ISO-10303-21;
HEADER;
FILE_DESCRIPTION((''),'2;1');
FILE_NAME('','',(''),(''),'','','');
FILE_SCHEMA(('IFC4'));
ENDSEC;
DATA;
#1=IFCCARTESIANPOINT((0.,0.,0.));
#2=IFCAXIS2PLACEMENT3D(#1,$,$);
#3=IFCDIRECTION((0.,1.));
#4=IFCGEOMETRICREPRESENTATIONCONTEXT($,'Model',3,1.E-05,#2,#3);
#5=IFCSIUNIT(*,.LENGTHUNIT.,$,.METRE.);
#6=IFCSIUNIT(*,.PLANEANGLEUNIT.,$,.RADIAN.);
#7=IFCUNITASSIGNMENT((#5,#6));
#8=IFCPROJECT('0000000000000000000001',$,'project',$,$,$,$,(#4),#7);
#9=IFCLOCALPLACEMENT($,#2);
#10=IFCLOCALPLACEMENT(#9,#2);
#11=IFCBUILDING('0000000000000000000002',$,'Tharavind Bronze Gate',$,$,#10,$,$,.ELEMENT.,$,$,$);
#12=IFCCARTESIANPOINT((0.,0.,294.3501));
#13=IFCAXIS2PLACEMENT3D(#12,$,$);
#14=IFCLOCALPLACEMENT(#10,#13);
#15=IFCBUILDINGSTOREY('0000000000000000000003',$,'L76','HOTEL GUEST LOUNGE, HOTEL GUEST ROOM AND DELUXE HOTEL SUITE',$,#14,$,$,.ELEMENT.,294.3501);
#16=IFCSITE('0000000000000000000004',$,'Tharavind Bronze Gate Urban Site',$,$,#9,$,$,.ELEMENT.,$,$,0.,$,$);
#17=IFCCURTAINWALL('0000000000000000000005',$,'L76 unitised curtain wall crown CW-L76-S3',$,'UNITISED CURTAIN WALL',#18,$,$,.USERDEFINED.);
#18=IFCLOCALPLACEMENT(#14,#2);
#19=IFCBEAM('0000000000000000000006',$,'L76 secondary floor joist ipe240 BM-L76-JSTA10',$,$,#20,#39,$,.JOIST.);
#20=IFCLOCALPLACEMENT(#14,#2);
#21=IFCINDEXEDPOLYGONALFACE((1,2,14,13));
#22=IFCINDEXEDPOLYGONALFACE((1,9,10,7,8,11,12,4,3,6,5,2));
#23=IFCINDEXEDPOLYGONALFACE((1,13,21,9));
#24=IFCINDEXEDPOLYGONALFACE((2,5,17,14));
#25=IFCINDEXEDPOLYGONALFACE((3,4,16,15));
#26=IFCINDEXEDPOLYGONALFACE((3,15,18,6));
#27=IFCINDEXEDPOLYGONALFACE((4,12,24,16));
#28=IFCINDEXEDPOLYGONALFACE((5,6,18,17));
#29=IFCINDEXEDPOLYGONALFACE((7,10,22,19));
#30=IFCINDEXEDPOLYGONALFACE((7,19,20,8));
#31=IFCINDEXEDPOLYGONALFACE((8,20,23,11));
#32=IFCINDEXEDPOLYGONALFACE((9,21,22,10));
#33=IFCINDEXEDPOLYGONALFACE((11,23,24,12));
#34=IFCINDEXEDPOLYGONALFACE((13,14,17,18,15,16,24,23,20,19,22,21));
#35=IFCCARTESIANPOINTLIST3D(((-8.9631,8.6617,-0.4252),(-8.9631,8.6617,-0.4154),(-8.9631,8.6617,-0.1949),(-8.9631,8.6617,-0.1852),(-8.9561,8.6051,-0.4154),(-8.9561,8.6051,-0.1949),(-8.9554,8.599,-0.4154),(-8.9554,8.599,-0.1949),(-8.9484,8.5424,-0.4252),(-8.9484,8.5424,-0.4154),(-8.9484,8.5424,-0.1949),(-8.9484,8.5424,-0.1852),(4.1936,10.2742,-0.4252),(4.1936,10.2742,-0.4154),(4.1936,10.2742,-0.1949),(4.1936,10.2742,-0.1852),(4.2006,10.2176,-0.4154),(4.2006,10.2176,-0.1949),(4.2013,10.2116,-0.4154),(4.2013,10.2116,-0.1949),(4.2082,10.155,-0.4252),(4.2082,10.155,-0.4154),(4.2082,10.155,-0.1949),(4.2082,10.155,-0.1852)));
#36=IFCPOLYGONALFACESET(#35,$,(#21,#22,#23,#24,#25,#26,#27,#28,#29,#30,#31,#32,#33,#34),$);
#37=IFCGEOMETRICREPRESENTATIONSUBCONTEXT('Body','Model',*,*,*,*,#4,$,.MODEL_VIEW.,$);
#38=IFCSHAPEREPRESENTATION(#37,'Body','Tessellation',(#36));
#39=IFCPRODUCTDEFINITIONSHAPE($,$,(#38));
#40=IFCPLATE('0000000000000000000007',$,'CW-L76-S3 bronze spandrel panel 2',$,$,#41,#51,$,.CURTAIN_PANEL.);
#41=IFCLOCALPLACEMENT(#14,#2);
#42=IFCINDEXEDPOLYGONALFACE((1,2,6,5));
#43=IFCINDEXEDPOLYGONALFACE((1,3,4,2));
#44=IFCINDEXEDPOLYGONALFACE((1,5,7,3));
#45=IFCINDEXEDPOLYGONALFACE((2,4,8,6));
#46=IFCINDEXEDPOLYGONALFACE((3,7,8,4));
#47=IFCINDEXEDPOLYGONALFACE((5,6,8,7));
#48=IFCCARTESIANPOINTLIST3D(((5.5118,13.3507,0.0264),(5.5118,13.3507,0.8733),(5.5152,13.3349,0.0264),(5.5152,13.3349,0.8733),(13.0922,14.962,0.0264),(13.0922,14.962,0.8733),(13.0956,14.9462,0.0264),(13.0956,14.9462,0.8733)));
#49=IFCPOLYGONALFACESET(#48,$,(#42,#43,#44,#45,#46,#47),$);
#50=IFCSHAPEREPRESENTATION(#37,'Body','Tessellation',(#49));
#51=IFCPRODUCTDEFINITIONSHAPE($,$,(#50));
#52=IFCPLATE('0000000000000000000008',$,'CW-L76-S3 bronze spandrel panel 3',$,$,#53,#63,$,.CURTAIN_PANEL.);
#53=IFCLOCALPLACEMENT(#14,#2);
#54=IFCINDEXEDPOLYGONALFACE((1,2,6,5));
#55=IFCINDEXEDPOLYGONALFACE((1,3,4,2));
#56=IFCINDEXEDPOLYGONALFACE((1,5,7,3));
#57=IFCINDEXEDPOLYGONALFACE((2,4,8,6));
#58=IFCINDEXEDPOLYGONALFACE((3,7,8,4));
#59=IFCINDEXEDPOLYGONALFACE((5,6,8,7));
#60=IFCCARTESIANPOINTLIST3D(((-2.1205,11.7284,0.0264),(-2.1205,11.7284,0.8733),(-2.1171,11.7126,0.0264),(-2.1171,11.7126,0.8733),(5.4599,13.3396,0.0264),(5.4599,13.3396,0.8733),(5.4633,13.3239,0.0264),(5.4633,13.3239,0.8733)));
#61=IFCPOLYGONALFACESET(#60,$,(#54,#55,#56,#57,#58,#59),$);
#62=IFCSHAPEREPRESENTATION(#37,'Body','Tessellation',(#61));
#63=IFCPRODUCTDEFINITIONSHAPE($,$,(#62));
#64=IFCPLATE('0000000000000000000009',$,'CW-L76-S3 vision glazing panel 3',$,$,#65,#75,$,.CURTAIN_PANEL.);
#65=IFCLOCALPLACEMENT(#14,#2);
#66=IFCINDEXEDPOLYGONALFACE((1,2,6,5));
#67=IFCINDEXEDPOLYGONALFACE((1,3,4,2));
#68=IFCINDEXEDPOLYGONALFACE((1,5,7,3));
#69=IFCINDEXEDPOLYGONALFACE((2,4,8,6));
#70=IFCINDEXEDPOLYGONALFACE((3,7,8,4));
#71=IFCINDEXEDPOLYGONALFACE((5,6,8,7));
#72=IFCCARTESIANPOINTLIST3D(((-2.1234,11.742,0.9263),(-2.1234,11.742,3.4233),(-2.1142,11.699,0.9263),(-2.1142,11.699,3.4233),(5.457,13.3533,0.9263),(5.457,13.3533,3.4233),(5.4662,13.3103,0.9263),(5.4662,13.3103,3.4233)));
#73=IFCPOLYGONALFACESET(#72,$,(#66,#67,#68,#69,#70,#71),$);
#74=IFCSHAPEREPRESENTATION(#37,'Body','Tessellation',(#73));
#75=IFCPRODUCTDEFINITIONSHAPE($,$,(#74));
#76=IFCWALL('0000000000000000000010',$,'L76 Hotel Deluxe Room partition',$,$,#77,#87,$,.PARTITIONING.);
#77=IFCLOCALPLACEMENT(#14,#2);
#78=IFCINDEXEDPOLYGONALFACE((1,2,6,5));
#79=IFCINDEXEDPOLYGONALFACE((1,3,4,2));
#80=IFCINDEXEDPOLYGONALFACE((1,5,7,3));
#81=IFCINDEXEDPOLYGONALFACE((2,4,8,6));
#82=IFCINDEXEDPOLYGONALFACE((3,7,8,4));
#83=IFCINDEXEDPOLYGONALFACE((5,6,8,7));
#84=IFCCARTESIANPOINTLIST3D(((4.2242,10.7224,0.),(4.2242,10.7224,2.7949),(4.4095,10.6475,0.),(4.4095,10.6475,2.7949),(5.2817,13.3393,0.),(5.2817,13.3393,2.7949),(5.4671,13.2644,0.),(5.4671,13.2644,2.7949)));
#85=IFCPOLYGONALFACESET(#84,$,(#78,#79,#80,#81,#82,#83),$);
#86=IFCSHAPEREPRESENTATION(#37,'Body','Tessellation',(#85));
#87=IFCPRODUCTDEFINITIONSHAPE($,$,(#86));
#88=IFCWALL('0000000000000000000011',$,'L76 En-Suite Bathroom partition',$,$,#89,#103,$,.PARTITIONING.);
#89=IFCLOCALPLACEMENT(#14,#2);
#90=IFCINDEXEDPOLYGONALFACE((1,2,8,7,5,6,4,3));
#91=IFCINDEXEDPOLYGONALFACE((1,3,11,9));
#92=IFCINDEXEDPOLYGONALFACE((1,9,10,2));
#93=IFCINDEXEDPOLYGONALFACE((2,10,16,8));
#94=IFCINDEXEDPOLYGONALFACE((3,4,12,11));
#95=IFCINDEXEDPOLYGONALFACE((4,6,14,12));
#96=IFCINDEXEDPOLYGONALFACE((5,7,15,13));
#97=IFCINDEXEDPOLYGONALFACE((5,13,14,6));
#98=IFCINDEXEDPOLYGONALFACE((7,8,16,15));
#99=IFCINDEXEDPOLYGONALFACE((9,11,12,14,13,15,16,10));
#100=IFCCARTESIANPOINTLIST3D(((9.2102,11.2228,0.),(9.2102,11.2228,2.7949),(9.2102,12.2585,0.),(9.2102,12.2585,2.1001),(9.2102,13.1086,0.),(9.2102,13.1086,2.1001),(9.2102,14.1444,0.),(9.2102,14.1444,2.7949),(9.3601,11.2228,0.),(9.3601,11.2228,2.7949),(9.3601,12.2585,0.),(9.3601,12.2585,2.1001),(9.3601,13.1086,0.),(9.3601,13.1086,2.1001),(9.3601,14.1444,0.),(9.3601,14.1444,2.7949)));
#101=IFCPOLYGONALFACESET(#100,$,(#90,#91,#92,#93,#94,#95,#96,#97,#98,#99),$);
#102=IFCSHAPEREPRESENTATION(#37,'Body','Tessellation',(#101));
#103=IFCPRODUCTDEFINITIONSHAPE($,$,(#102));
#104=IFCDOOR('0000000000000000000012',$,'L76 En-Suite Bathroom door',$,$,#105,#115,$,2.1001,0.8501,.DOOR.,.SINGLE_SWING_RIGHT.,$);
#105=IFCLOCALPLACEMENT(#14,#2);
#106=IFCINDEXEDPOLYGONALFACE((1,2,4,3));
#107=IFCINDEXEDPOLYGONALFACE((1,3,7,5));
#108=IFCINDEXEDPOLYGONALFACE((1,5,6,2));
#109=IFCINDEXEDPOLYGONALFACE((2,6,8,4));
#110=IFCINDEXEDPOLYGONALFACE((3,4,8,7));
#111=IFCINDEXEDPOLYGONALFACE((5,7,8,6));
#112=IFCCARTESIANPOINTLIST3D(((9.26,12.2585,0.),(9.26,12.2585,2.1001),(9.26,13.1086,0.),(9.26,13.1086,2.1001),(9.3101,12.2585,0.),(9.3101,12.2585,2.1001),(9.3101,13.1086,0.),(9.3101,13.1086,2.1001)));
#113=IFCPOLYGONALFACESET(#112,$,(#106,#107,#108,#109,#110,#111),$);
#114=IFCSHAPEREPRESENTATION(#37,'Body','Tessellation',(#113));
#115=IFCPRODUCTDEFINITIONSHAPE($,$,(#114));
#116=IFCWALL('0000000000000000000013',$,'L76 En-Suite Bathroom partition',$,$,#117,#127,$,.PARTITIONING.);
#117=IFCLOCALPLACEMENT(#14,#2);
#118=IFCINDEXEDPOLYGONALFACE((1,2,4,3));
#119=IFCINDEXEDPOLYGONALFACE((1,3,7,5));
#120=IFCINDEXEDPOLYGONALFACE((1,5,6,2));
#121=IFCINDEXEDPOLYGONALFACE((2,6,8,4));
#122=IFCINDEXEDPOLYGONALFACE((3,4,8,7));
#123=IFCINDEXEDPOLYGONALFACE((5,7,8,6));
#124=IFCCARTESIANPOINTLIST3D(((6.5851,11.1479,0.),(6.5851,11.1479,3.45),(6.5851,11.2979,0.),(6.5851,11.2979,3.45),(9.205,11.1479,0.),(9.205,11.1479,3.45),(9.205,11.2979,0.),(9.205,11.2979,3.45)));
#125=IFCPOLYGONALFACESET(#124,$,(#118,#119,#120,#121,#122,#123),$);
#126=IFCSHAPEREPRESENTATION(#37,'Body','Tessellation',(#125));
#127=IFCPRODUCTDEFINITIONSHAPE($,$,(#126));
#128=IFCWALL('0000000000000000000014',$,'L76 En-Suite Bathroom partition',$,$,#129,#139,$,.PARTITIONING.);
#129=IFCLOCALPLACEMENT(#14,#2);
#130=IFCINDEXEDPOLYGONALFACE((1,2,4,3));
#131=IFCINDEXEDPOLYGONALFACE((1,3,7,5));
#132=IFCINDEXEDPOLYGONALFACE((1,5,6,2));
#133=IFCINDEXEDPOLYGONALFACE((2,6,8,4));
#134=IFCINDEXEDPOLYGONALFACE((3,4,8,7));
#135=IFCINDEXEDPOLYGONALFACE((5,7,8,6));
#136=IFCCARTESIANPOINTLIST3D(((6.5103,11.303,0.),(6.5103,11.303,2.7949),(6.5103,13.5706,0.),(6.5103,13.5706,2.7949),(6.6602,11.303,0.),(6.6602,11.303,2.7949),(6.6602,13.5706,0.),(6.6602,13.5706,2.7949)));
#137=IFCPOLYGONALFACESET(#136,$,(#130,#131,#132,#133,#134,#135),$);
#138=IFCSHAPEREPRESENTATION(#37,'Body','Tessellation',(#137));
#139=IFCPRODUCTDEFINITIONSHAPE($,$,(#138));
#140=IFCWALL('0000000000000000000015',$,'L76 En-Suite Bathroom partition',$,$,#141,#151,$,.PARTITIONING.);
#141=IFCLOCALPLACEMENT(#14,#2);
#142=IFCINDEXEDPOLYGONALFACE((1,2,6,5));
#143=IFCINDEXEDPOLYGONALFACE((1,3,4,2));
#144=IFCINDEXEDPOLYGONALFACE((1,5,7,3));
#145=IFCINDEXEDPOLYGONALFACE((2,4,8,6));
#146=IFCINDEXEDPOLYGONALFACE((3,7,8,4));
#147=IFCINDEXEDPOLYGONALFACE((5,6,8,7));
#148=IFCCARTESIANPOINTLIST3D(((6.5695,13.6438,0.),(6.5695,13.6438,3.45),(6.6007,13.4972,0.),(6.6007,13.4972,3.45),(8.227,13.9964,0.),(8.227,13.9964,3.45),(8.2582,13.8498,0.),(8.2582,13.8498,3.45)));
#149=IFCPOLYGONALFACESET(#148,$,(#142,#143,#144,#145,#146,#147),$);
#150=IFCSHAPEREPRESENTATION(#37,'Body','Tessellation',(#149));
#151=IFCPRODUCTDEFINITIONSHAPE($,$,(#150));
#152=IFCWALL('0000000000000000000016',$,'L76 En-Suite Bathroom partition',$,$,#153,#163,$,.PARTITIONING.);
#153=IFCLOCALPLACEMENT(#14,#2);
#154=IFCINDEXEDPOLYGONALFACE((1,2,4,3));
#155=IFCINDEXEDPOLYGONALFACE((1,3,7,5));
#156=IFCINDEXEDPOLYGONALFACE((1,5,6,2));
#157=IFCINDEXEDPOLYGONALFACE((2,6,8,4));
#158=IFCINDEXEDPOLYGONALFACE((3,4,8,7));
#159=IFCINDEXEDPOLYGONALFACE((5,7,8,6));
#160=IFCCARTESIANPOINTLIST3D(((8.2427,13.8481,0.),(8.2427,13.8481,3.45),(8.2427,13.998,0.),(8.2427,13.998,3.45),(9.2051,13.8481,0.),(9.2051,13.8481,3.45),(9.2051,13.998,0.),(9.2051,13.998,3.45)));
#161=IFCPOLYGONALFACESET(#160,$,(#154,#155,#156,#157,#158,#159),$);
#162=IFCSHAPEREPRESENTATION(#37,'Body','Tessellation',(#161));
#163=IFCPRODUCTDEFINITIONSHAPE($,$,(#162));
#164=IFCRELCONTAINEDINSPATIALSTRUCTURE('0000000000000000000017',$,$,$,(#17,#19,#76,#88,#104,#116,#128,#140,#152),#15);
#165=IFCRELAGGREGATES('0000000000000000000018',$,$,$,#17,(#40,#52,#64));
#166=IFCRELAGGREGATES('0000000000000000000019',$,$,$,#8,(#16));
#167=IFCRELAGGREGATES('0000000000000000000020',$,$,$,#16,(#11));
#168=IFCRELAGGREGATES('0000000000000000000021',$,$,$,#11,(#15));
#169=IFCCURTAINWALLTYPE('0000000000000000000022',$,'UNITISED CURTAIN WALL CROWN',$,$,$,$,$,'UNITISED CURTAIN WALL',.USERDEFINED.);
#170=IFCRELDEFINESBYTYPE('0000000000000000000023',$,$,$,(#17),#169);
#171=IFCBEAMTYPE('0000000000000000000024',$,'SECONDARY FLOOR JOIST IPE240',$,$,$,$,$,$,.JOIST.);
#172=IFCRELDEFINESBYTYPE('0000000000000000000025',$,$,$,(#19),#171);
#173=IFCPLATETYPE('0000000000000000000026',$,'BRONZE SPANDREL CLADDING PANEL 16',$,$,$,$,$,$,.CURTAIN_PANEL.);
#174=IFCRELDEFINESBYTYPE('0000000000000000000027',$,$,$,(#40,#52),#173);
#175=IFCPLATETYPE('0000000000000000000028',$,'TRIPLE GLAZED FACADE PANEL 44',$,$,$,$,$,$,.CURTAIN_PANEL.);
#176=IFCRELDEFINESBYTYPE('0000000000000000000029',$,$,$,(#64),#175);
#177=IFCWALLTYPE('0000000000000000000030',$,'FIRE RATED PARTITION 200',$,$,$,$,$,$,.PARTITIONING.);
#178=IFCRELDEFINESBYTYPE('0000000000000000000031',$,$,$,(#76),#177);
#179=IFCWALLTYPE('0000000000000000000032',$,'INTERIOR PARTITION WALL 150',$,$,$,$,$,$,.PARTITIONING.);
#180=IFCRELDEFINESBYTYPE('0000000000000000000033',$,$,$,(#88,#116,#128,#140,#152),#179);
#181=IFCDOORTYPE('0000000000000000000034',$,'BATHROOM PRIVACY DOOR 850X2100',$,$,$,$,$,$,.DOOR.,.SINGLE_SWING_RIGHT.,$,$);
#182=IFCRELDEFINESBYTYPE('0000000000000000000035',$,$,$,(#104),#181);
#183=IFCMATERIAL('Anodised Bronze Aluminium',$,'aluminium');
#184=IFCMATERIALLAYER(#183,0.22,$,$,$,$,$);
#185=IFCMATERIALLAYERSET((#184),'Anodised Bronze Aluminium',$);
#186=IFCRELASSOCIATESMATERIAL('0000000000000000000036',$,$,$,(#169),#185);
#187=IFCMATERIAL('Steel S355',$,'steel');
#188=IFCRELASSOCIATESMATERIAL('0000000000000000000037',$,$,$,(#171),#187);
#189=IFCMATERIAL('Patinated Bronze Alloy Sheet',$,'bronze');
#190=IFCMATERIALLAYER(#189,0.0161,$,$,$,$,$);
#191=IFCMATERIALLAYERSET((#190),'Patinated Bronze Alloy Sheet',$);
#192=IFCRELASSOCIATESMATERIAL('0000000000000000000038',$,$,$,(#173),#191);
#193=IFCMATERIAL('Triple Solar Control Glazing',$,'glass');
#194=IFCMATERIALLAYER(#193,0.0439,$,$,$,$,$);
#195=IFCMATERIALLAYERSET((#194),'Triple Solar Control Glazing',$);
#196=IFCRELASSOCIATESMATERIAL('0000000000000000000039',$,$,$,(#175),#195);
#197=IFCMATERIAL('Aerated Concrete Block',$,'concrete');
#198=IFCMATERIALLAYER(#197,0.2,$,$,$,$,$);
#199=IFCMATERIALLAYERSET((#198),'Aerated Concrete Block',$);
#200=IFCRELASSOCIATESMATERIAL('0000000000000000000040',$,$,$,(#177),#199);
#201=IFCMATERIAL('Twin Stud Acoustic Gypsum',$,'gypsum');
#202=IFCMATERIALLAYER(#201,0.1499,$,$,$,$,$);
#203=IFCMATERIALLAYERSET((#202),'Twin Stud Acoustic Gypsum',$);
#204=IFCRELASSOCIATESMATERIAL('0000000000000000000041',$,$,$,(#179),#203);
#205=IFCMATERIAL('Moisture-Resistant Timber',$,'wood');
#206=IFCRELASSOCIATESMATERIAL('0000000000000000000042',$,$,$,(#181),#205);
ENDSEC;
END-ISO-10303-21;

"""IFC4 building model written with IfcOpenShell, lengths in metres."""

from ifc_helpers import new_model, si_unit, direction, frame, frame_2d, origin, origin_2d, place, context, subcontext, project, spatial, rectangle, i_section, extrude, material, layer, layer_set, material_profile, profile_set, type_object, element, fill, aggregate, save


model = new_model("IFC4")

# Units and contexts
model_context = context("Model", 3, precision=1e-05, world=origin(), true_north=direction((0.0, 1.0)))
body_context = subcontext(model_context, "Body", "Model", "MODEL_VIEW")
ifc_project = project(units=[si_unit("LENGTHUNIT", "METRE"), si_unit("PLANEANGLEUNIT", "RADIAN")], contexts=[model_context])

# Site, building, storey
site_placement = place(None, origin())
site = spatial("IfcSite", under=ifc_project, at=site_placement, Name="Tharavind Bronze Gate Urban Site", CompositionType="ELEMENT", RefElevation=0.0)
building_placement = place(site_placement, origin())
building = spatial("IfcBuilding", under=site, at=building_placement, Name="Tharavind Bronze Gate", CompositionType="ELEMENT")
storey_placement = place(building_placement, frame((0.0, 0.0, 294.3501)))
storey = spatial("IfcBuildingStorey", under=building, at=storey_placement, Name="L76", Description="HOTEL GUEST LOUNGE, HOTEL GUEST ROOM AND DELUXE HOTEL SUITE", CompositionType="ELEMENT", Elevation=294.3501)

# Curtain wall
ifc_material_1 = material(Name="Anodised Bronze Aluminium", Category="aluminium")
ifc_layer_1 = layer(ifc_material_1, 0.22)
ifc_layer_set_1 = layer_set([ifc_layer_1], Name="Anodised Bronze Aluminium")
curtain_wall_type = type_object("IfcCurtainWallType", Name="UNITISED CURTAIN WALL CROWN", ElementType="UNITISED CURTAIN WALL", PredefinedType="USERDEFINED", material=ifc_layer_set_1)
curtain_wall_placement = place(storey_placement, origin())
curtain_wall = element("IfcCurtainWall", 1, at=curtain_wall_placement, inside=storey, type_object=curtain_wall_type, Name="L76 unitised curtain wall crown CW-L76-S3", ObjectType="UNITISED CURTAIN WALL", PredefinedType="USERDEFINED")

# Beam
ifc_material_2 = material(Name="Steel S355", Category="steel")
ifc_material_profile_1 = material_profile(ifc_material_2, i_section(OverallWidth=0.1201, OverallDepth=0.24, WebThickness=0.0061, FlangeThickness=0.0098, at=origin_2d()), Name="IPE240")
ifc_profile_set_1 = profile_set([ifc_material_profile_1], Name="Steel S355")
beam_type_1 = type_object("IfcBeamType", Name="SECONDARY FLOOR JOIST IPE240", PredefinedType="JOIST", material=ifc_profile_set_1)
beam_1_placement = place(storey_placement, frame((4.2009, 10.2146, -0.3052), z_axis=(-0.992573, -0.121654, 0.0), x_axis=(0.121654, -0.992573, 0.0)))
element("IfcBeam", 2, at=beam_1_placement, inside=storey, type_object=beam_type_1, Name="L76 secondary floor joist ipe240 BM-L76-JSTA10", PredefinedType="JOIST", context=body_context, shape_type="SweptSolid", body=[
    extrude(i_section(OverallWidth=0.1201, OverallDepth=0.24, WebThickness=0.0061, FlangeThickness=0.0098, at=origin_2d()), origin(), (0.0, 0.0, 1.0), 13.2551),
])

# Plates
ifc_material_3 = material(Name="Patinated Bronze Alloy Sheet", Category="bronze")
ifc_layer_2 = layer(ifc_material_3, 0.0161)
ifc_layer_set_2 = layer_set([ifc_layer_2], Name="Patinated Bronze Alloy Sheet")
plate_type_1 = type_object("IfcPlateType", Name="BRONZE SPANDREL CLADDING PANEL 16", PredefinedType="CURTAIN_PANEL", material=ifc_layer_set_2)
plate_1_placement = place(storey_placement, frame((9.3037, 14.1484, 0.0264), z_axis=(0.0, 0.0, 1.0), x_axis=(-0.978147, -0.207913, 0.0)))
plate_1 = element("IfcPlate", 3, at=plate_1_placement, type_object=plate_type_1, Name="CW-L76-S3 bronze spandrel panel 2", PredefinedType="CURTAIN_PANEL", context=body_context, shape_type="SweptSolid", body=[
    extrude(rectangle(XDim=7.7498, YDim=0.0161, at=origin_2d()), origin(), (0.0, 0.0, 1.0), 0.8469),
])
plate_2_placement = place(storey_placement, frame((1.6714, 12.5261, 0.0264), z_axis=(0.0, 0.0, 1.0), x_axis=(-0.978147, -0.207913, 0.0)))
plate_2 = element("IfcPlate", 4, at=plate_2_placement, type_object=plate_type_1, Name="CW-L76-S3 bronze spandrel panel 3", PredefinedType="CURTAIN_PANEL", context=body_context, shape_type="SweptSolid", body=[
    extrude(rectangle(XDim=7.7498, YDim=0.0161, at=origin_2d()), origin(), (0.0, 0.0, 1.0), 0.8469),
])
ifc_material_4 = material(Name="Triple Solar Control Glazing", Category="glass")
ifc_layer_3 = layer(ifc_material_4, 0.0439)
ifc_layer_set_3 = layer_set([ifc_layer_3], Name="Triple Solar Control Glazing")
plate_type_2 = type_object("IfcPlateType", Name="TRIPLE GLAZED FACADE PANEL 44", PredefinedType="CURTAIN_PANEL", material=ifc_layer_set_3)
plate_3_placement = place(storey_placement, frame((1.6714, 12.5261, 0.9263), z_axis=(0.0, 0.0, 1.0), x_axis=(-0.978147, -0.207913, 0.0)))
plate_3 = element("IfcPlate", 5, at=plate_3_placement, type_object=plate_type_2, Name="CW-L76-S3 vision glazing panel 3", PredefinedType="CURTAIN_PANEL", context=body_context, shape_type="SweptSolid", body=[
    extrude(rectangle(XDim=7.7498, YDim=0.0439, at=origin_2d()), origin(), (0.0, 0.0, 1.0), 2.4971),
])
aggregate(curtain_wall, [plate_1, plate_2, plate_3])

# Wall
ifc_material_5 = material(Name="Aerated Concrete Block", Category="concrete")
ifc_layer_4 = layer(ifc_material_5, 0.2)
ifc_layer_set_4 = layer_set([ifc_layer_4], Name="Aerated Concrete Block")
wall_type_1 = type_object("IfcWallType", Name="FIRE RATED PARTITION 200", PredefinedType="PARTITIONING", material=ifc_layer_set_4)
wall_1_placement = place(storey_placement, frame((4.3169, 10.6851, 0.0), z_axis=(0.0, 0.0, 1.0), x_axis=(0.374699, 0.927147, 0.0)))
element("IfcWall", 6, at=wall_1_placement, inside=storey, type_object=wall_type_1, Name="L76 Hotel Deluxe Room partition", PredefinedType="PARTITIONING", context=body_context, shape_type="SweptSolid", body=[
    extrude(rectangle(XDim=2.8225, YDim=0.2, at=frame_2d((1.4111, 0.0))), origin(), (0.0, 0.0, 1.0), 2.7949),
])

# Wall, opening, door
ifc_material_6 = material(Name="Twin Stud Acoustic Gypsum", Category="gypsum")
ifc_layer_5 = layer(ifc_material_6, 0.1499)
ifc_layer_set_5 = layer_set([ifc_layer_5], Name="Twin Stud Acoustic Gypsum")
wall_type_2 = type_object("IfcWallType", Name="INTERIOR PARTITION WALL 150", PredefinedType="PARTITIONING", material=ifc_layer_set_5)
wall_2_placement = place(storey_placement, frame((9.2852, 14.1445, 0.0), z_axis=(0.0, 0.0, 1.0), x_axis=(0.0, -1.0, 0.0)))
wall_2 = element("IfcWall", 7, at=wall_2_placement, inside=storey, type_object=wall_type_2, Name="L76 En-Suite Bathroom partition", PredefinedType="PARTITIONING", context=body_context, shape_type="SweptSolid", body=[
    extrude(rectangle(XDim=2.9216, YDim=0.1499, at=frame_2d((1.4609, 0.0))), origin(), (0.0, 0.0, 1.0), 2.7949),
])
opening_1_placement = place(wall_2_placement, frame((1.0359, 0.0, 0.0)))
opening_1 = element("IfcOpeningElement", 8, at=opening_1_placement, cuts=wall_2, PredefinedType="OPENING", context=body_context, shape_type="SweptSolid", body=[
    extrude(rectangle(XDim=0.8501, YDim=2.1001, at=frame_2d((0.425, 1.05))), frame((0.0, 0.085, 0.0), z_axis=(0.0, -1.0, 0.0), x_axis=(1.0, 0.0, 0.0)), (0.0, 0.0, 1.0), 0.1699),
])
ifc_material_7 = material(Name="Moisture-Resistant Timber", Category="wood")
door_type_1 = type_object("IfcDoorType", Name="BATHROOM PRIVACY DOOR 850X2100", OperationType="SINGLE_SWING_RIGHT", PredefinedType="DOOR", material=ifc_material_7)
door_1_placement = place(opening_1_placement, origin())
door_1 = element("IfcDoor", 9, at=door_1_placement, inside=storey, type_object=door_type_1, Name="L76 En-Suite Bathroom door", OperationType="SINGLE_SWING_RIGHT", OverallHeight=2.1001, OverallWidth=0.8501, PredefinedType="DOOR", context=body_context, shape_type="SweptSolid", body=[
    extrude(rectangle(XDim=0.8501, YDim=2.1001, at=frame_2d((0.425, 1.05))), frame((0.0, 0.0249, 0.0), z_axis=(0.0, -1.0, 0.0), x_axis=(1.0, 0.0, 0.0)), (0.0, 0.0, 1.0), 0.05),
])
fill(opening_1, door_1)

# Walls
wall_3_placement = place(storey_placement, frame((9.2051, 11.2229, 0.0), z_axis=(0.0, 0.0, 1.0), x_axis=(-1.0, 0.0, 0.0)))
element("IfcWall", 10, at=wall_3_placement, inside=storey, type_object=wall_type_2, Name="L76 En-Suite Bathroom partition", PredefinedType="PARTITIONING", context=body_context, shape_type="SweptSolid", body=[
    extrude(rectangle(XDim=2.6199, YDim=0.1499, at=frame_2d((1.3101, 0.0))), origin(), (0.0, 0.0, 1.0), 3.45),
])
wall_4_placement = place(storey_placement, frame((6.5852, 11.303, 0.0), z_axis=(0.0, 0.0, 1.0), x_axis=(0.0, 1.0, 0.0)))
element("IfcWall", 11, at=wall_4_placement, inside=storey, type_object=wall_type_2, Name="L76 En-Suite Bathroom partition", PredefinedType="PARTITIONING", context=body_context, shape_type="SweptSolid", body=[
    extrude(rectangle(XDim=2.2676, YDim=0.1499, at=frame_2d((1.1338, 0.0))), origin(), (0.0, 0.0, 1.0), 2.7949),
])
wall_5_placement = place(storey_placement, frame((6.5852, 13.5706, 0.0), z_axis=(0.0, 0.0, 1.0), x_axis=(0.97812, 0.208043, 0.0)))
element("IfcWall", 12, at=wall_5_placement, inside=storey, type_object=wall_type_2, Name="L76 En-Suite Bathroom partition", PredefinedType="PARTITIONING", context=body_context, shape_type="SweptSolid", body=[
    extrude(rectangle(XDim=1.6946, YDim=0.1499, at=frame_2d((0.8472, 0.0))), origin(), (0.0, 0.0, 1.0), 3.45),
])
wall_6_placement = place(storey_placement, frame((8.2427, 13.9231, 0.0), z_axis=(0.0, 0.0, 1.0), x_axis=(1.0, 0.0, 0.0)))
element("IfcWall", 13, at=wall_6_placement, inside=storey, type_object=wall_type_2, Name="L76 En-Suite Bathroom partition", PredefinedType="PARTITIONING", context=body_context, shape_type="SweptSolid", body=[
    extrude(rectangle(XDim=0.9624, YDim=0.1499, at=frame_2d((0.4812, 0.0))), origin(), (0.0, 0.0, 1.0), 3.45),
])

save(model, "model.ifc")
